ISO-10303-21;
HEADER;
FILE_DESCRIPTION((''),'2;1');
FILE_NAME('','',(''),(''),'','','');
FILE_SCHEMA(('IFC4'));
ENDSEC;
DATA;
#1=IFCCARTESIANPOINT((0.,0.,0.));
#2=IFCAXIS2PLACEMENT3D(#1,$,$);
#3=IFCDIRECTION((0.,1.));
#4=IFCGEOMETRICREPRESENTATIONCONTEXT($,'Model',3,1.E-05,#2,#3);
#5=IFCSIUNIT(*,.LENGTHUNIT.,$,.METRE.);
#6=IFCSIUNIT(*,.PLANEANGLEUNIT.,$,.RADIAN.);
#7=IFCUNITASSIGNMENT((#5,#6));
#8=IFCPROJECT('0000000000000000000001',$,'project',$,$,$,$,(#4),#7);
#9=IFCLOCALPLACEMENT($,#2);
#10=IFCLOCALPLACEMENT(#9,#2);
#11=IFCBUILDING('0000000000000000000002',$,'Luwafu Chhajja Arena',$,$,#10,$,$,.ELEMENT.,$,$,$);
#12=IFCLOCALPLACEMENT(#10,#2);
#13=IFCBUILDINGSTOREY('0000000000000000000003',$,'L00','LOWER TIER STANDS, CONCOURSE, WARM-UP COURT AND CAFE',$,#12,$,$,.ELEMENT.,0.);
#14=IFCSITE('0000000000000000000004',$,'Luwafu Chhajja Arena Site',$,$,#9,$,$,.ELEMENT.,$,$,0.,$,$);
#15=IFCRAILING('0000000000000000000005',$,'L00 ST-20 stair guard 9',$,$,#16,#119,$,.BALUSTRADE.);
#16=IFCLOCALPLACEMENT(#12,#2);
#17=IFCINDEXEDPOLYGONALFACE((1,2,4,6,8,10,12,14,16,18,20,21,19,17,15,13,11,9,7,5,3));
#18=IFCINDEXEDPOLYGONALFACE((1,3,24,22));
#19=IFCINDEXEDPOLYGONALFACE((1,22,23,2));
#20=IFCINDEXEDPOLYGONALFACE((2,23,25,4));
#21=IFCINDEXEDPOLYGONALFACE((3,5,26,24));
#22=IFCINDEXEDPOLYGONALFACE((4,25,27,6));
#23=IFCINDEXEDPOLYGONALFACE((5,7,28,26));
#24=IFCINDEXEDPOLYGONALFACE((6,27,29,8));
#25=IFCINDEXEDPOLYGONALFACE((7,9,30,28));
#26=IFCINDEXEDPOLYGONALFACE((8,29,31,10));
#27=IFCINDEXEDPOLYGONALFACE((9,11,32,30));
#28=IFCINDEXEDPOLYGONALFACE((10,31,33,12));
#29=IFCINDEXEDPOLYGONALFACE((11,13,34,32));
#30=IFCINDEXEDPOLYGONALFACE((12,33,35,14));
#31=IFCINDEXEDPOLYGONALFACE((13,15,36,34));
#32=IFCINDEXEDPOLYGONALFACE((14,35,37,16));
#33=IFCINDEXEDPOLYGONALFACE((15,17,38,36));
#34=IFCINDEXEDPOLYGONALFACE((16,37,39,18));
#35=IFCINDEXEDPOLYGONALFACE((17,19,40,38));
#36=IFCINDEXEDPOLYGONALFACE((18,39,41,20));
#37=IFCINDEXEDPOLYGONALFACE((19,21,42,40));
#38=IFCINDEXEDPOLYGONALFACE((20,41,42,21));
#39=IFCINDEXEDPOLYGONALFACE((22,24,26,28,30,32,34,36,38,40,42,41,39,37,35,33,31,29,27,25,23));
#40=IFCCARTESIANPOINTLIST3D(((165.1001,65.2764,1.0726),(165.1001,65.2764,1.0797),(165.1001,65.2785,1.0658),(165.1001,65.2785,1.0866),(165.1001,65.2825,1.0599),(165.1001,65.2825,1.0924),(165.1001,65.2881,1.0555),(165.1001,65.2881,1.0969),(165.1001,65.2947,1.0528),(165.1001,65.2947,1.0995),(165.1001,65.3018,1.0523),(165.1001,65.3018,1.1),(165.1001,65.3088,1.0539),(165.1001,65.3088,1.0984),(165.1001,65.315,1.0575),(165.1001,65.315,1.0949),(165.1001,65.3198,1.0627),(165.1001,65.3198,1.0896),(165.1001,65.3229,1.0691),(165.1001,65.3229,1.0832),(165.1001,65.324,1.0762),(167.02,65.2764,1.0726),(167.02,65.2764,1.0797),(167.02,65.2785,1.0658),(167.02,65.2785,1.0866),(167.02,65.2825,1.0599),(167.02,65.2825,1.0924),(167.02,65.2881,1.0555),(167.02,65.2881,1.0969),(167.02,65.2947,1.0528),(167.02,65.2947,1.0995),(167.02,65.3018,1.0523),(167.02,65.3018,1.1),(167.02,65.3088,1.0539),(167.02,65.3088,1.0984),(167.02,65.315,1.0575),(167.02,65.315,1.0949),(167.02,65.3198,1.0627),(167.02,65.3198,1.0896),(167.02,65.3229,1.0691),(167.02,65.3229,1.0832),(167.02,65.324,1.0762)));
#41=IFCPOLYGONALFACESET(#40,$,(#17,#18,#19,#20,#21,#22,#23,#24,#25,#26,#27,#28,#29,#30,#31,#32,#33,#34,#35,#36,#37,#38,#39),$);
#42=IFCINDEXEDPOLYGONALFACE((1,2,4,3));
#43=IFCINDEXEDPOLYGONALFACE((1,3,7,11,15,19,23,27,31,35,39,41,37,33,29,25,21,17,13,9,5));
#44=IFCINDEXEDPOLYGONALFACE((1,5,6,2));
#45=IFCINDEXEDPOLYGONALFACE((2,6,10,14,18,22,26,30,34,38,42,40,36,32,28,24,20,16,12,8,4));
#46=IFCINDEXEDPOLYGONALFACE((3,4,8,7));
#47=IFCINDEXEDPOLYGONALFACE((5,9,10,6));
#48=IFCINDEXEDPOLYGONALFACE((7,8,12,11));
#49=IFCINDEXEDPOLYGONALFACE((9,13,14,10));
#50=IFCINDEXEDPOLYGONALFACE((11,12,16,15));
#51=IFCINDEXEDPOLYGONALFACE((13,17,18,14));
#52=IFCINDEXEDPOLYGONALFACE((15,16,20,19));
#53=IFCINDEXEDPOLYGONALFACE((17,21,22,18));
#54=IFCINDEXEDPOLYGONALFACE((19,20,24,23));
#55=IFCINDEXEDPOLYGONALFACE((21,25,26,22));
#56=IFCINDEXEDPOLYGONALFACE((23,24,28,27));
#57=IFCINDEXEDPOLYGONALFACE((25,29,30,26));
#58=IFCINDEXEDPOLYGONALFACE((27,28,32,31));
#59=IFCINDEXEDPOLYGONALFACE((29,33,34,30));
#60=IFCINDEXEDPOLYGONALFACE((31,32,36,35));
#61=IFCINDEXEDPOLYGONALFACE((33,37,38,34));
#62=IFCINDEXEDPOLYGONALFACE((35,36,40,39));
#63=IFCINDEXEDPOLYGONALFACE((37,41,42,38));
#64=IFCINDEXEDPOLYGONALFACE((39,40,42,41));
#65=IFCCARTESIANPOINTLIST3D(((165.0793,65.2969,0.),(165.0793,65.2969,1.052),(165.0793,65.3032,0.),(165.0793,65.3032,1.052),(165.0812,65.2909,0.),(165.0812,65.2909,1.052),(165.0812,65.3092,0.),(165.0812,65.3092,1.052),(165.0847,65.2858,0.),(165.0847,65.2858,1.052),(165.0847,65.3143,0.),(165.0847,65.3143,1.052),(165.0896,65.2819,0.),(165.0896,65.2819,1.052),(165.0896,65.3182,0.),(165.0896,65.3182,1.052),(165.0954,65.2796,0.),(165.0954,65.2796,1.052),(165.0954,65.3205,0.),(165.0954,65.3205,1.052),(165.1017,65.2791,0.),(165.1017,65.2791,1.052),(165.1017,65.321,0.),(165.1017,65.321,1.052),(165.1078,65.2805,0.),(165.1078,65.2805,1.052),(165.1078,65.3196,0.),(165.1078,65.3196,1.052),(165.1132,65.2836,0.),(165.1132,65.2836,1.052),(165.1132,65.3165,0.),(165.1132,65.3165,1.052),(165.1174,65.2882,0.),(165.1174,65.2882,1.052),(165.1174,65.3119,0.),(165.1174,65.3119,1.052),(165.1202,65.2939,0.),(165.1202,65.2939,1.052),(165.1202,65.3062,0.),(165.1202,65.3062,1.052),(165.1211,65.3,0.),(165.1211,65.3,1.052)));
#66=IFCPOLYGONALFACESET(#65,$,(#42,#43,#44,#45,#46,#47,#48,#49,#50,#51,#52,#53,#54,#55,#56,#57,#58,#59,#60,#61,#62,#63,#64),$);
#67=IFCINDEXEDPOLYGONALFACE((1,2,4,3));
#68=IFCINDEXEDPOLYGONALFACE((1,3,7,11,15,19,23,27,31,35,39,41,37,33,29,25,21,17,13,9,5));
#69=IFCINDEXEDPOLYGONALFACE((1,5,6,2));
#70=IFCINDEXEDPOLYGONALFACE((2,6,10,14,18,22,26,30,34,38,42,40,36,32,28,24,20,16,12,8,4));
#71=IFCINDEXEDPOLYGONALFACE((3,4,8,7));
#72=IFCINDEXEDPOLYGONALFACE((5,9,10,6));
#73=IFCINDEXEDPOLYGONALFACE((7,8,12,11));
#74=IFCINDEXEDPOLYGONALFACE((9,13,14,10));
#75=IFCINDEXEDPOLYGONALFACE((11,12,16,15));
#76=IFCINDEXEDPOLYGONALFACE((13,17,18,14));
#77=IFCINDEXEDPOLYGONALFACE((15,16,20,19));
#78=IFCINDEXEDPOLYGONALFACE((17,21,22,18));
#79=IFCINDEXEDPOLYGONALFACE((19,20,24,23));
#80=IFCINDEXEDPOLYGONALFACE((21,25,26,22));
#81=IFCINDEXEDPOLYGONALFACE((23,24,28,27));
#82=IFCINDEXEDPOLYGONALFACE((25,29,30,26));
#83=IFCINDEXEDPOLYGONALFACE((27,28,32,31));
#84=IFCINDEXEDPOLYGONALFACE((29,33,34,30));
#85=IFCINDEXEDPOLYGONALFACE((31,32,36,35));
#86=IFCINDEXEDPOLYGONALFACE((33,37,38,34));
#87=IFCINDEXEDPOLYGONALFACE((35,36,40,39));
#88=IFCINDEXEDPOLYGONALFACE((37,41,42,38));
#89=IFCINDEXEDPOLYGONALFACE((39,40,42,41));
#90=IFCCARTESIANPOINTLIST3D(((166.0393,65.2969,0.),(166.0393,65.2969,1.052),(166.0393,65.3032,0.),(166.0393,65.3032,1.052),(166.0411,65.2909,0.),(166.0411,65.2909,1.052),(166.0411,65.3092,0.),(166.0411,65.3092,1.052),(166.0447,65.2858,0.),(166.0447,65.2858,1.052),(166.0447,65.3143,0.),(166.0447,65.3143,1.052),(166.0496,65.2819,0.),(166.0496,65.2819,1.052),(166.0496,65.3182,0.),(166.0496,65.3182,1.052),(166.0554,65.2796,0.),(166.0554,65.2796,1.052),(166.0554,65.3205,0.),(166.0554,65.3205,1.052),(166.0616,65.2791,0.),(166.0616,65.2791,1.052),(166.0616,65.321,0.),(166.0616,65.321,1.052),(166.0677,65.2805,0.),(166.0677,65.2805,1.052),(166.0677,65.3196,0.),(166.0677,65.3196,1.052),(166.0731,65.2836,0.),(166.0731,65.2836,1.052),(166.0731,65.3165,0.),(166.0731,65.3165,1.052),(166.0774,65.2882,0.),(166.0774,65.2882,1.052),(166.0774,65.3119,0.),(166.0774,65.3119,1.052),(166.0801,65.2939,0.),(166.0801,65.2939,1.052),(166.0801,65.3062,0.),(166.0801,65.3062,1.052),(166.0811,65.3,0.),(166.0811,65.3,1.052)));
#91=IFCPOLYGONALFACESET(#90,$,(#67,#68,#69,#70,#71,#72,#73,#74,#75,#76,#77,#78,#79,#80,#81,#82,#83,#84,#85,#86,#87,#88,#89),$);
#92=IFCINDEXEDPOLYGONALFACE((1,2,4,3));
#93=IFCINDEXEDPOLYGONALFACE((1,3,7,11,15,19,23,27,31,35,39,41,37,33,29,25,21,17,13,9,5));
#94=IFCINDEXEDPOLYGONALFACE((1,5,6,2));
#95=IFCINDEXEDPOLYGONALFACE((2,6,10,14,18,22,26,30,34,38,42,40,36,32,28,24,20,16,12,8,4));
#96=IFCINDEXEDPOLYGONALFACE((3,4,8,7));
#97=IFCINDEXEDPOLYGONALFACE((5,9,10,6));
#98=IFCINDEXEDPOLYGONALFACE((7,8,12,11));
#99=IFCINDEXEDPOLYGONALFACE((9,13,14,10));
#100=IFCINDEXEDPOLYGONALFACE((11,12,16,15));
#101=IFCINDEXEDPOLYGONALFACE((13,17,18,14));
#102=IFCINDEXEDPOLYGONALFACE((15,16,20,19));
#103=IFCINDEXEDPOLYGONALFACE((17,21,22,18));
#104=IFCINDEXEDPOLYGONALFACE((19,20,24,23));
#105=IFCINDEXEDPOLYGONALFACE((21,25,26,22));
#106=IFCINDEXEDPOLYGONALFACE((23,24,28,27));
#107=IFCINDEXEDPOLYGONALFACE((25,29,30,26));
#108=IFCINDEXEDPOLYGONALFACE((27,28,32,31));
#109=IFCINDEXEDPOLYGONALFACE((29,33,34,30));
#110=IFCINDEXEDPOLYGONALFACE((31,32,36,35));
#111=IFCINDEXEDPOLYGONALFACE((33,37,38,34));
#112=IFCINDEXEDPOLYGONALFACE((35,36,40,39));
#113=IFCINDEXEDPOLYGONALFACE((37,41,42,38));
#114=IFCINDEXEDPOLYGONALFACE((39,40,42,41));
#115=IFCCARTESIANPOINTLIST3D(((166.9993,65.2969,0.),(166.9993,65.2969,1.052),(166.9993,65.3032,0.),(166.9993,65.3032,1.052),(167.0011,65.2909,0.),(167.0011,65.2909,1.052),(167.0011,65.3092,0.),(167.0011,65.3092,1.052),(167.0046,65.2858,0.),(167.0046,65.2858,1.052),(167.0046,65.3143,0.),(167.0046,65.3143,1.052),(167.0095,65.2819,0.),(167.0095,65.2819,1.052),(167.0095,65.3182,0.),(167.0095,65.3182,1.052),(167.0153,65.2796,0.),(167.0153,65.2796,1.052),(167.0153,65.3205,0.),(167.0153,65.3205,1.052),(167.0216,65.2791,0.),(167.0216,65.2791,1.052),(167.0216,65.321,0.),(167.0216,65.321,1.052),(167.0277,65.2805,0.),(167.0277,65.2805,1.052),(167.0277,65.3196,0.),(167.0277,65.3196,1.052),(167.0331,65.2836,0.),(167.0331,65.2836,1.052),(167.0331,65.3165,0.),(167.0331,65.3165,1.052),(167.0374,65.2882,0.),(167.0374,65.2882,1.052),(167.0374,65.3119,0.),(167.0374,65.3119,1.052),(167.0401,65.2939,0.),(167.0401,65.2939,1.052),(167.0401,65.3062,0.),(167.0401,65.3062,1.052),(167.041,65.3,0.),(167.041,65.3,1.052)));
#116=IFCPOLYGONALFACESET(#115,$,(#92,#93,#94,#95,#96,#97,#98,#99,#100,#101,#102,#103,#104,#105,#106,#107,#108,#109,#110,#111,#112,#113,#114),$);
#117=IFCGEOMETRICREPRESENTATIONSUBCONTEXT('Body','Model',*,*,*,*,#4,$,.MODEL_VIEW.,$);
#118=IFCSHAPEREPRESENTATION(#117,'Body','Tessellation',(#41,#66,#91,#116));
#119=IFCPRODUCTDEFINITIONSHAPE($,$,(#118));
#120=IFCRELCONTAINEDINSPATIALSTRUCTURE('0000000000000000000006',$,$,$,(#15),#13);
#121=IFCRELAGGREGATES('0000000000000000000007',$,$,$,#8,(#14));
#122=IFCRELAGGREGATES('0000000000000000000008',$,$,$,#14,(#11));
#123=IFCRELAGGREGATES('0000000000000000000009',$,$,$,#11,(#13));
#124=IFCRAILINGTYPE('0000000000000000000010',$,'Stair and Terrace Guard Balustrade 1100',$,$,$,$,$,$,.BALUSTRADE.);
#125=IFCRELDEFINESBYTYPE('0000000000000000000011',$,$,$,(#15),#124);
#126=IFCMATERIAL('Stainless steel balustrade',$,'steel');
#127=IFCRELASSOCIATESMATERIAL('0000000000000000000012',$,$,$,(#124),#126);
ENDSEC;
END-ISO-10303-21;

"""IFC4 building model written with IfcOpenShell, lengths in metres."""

from ifc_helpers import new_model, si_unit, direction, frame, origin, origin_2d, place, context, subcontext, project, spatial, circle, extrude, material, type_object, element, save


model = new_model("IFC4")

# Units and contexts
model_context = context("Model", 3, precision=1e-05, world=origin(), true_north=direction((0.0, 1.0)))
body_context = subcontext(model_context, "Body", "Model", "MODEL_VIEW")
ifc_project = project(units=[si_unit("LENGTHUNIT", "METRE"), si_unit("PLANEANGLEUNIT", "RADIAN")], contexts=[model_context])

# Site, building, storey
site_placement = place(None, origin())
site = spatial("IfcSite", under=ifc_project, at=site_placement, Name="Luwafu Chhajja Arena Site", CompositionType="ELEMENT", RefElevation=0.0)
building_placement = place(site_placement, origin())
building = spatial("IfcBuilding", under=site, at=building_placement, Name="Luwafu Chhajja Arena", CompositionType="ELEMENT")
storey_placement = place(building_placement, origin())
storey = spatial("IfcBuildingStorey", under=building, at=storey_placement, Name="L00", Description="LOWER TIER STANDS, CONCOURSE, WARM-UP COURT AND CAFE", CompositionType="ELEMENT", Elevation=0.0)

# Railing
ifc_material_1 = material(Name="Stainless steel balustrade", Category="steel")
railing_type_1 = type_object("IfcRailingType", Name="Stair and Terrace Guard Balustrade 1100", PredefinedType="BALUSTRADE", material=ifc_material_1)
for number, where, name in (
    (1, (165.1001, 65.3, 0.0), "L00 ST-20 stair guard 9"),
):
    element("IfcRailing", number, at=place(storey_placement, frame(where)), inside=storey, type_object=railing_type_1, Name=name, PredefinedType="BALUSTRADE", context=body_context, shape_type="SweptSolid", body=[
        extrude(circle(Radius=0.0239, at=origin_2d()), frame((0.0, 0.0, 1.0762), z_axis=(1.0, 0.0, 0.0), x_axis=(0.0, 1.0, 0.0)), (0.0, 0.0, 1.0), 1.9199),
        extrude(circle(Radius=0.021, at=origin_2d()), origin(), (0.0, 0.0, 1.0), 1.052),
        extrude(circle(Radius=0.021, at=origin_2d()), frame((0.96, 0.0, 0.0)), (0.0, 0.0, 1.0), 1.052),
        extrude(circle(Radius=0.021, at=origin_2d()), frame((1.9199, 0.0, 0.0)), (0.0, 0.0, 1.0), 1.052),
    ])

save(model, "model.ifc")
